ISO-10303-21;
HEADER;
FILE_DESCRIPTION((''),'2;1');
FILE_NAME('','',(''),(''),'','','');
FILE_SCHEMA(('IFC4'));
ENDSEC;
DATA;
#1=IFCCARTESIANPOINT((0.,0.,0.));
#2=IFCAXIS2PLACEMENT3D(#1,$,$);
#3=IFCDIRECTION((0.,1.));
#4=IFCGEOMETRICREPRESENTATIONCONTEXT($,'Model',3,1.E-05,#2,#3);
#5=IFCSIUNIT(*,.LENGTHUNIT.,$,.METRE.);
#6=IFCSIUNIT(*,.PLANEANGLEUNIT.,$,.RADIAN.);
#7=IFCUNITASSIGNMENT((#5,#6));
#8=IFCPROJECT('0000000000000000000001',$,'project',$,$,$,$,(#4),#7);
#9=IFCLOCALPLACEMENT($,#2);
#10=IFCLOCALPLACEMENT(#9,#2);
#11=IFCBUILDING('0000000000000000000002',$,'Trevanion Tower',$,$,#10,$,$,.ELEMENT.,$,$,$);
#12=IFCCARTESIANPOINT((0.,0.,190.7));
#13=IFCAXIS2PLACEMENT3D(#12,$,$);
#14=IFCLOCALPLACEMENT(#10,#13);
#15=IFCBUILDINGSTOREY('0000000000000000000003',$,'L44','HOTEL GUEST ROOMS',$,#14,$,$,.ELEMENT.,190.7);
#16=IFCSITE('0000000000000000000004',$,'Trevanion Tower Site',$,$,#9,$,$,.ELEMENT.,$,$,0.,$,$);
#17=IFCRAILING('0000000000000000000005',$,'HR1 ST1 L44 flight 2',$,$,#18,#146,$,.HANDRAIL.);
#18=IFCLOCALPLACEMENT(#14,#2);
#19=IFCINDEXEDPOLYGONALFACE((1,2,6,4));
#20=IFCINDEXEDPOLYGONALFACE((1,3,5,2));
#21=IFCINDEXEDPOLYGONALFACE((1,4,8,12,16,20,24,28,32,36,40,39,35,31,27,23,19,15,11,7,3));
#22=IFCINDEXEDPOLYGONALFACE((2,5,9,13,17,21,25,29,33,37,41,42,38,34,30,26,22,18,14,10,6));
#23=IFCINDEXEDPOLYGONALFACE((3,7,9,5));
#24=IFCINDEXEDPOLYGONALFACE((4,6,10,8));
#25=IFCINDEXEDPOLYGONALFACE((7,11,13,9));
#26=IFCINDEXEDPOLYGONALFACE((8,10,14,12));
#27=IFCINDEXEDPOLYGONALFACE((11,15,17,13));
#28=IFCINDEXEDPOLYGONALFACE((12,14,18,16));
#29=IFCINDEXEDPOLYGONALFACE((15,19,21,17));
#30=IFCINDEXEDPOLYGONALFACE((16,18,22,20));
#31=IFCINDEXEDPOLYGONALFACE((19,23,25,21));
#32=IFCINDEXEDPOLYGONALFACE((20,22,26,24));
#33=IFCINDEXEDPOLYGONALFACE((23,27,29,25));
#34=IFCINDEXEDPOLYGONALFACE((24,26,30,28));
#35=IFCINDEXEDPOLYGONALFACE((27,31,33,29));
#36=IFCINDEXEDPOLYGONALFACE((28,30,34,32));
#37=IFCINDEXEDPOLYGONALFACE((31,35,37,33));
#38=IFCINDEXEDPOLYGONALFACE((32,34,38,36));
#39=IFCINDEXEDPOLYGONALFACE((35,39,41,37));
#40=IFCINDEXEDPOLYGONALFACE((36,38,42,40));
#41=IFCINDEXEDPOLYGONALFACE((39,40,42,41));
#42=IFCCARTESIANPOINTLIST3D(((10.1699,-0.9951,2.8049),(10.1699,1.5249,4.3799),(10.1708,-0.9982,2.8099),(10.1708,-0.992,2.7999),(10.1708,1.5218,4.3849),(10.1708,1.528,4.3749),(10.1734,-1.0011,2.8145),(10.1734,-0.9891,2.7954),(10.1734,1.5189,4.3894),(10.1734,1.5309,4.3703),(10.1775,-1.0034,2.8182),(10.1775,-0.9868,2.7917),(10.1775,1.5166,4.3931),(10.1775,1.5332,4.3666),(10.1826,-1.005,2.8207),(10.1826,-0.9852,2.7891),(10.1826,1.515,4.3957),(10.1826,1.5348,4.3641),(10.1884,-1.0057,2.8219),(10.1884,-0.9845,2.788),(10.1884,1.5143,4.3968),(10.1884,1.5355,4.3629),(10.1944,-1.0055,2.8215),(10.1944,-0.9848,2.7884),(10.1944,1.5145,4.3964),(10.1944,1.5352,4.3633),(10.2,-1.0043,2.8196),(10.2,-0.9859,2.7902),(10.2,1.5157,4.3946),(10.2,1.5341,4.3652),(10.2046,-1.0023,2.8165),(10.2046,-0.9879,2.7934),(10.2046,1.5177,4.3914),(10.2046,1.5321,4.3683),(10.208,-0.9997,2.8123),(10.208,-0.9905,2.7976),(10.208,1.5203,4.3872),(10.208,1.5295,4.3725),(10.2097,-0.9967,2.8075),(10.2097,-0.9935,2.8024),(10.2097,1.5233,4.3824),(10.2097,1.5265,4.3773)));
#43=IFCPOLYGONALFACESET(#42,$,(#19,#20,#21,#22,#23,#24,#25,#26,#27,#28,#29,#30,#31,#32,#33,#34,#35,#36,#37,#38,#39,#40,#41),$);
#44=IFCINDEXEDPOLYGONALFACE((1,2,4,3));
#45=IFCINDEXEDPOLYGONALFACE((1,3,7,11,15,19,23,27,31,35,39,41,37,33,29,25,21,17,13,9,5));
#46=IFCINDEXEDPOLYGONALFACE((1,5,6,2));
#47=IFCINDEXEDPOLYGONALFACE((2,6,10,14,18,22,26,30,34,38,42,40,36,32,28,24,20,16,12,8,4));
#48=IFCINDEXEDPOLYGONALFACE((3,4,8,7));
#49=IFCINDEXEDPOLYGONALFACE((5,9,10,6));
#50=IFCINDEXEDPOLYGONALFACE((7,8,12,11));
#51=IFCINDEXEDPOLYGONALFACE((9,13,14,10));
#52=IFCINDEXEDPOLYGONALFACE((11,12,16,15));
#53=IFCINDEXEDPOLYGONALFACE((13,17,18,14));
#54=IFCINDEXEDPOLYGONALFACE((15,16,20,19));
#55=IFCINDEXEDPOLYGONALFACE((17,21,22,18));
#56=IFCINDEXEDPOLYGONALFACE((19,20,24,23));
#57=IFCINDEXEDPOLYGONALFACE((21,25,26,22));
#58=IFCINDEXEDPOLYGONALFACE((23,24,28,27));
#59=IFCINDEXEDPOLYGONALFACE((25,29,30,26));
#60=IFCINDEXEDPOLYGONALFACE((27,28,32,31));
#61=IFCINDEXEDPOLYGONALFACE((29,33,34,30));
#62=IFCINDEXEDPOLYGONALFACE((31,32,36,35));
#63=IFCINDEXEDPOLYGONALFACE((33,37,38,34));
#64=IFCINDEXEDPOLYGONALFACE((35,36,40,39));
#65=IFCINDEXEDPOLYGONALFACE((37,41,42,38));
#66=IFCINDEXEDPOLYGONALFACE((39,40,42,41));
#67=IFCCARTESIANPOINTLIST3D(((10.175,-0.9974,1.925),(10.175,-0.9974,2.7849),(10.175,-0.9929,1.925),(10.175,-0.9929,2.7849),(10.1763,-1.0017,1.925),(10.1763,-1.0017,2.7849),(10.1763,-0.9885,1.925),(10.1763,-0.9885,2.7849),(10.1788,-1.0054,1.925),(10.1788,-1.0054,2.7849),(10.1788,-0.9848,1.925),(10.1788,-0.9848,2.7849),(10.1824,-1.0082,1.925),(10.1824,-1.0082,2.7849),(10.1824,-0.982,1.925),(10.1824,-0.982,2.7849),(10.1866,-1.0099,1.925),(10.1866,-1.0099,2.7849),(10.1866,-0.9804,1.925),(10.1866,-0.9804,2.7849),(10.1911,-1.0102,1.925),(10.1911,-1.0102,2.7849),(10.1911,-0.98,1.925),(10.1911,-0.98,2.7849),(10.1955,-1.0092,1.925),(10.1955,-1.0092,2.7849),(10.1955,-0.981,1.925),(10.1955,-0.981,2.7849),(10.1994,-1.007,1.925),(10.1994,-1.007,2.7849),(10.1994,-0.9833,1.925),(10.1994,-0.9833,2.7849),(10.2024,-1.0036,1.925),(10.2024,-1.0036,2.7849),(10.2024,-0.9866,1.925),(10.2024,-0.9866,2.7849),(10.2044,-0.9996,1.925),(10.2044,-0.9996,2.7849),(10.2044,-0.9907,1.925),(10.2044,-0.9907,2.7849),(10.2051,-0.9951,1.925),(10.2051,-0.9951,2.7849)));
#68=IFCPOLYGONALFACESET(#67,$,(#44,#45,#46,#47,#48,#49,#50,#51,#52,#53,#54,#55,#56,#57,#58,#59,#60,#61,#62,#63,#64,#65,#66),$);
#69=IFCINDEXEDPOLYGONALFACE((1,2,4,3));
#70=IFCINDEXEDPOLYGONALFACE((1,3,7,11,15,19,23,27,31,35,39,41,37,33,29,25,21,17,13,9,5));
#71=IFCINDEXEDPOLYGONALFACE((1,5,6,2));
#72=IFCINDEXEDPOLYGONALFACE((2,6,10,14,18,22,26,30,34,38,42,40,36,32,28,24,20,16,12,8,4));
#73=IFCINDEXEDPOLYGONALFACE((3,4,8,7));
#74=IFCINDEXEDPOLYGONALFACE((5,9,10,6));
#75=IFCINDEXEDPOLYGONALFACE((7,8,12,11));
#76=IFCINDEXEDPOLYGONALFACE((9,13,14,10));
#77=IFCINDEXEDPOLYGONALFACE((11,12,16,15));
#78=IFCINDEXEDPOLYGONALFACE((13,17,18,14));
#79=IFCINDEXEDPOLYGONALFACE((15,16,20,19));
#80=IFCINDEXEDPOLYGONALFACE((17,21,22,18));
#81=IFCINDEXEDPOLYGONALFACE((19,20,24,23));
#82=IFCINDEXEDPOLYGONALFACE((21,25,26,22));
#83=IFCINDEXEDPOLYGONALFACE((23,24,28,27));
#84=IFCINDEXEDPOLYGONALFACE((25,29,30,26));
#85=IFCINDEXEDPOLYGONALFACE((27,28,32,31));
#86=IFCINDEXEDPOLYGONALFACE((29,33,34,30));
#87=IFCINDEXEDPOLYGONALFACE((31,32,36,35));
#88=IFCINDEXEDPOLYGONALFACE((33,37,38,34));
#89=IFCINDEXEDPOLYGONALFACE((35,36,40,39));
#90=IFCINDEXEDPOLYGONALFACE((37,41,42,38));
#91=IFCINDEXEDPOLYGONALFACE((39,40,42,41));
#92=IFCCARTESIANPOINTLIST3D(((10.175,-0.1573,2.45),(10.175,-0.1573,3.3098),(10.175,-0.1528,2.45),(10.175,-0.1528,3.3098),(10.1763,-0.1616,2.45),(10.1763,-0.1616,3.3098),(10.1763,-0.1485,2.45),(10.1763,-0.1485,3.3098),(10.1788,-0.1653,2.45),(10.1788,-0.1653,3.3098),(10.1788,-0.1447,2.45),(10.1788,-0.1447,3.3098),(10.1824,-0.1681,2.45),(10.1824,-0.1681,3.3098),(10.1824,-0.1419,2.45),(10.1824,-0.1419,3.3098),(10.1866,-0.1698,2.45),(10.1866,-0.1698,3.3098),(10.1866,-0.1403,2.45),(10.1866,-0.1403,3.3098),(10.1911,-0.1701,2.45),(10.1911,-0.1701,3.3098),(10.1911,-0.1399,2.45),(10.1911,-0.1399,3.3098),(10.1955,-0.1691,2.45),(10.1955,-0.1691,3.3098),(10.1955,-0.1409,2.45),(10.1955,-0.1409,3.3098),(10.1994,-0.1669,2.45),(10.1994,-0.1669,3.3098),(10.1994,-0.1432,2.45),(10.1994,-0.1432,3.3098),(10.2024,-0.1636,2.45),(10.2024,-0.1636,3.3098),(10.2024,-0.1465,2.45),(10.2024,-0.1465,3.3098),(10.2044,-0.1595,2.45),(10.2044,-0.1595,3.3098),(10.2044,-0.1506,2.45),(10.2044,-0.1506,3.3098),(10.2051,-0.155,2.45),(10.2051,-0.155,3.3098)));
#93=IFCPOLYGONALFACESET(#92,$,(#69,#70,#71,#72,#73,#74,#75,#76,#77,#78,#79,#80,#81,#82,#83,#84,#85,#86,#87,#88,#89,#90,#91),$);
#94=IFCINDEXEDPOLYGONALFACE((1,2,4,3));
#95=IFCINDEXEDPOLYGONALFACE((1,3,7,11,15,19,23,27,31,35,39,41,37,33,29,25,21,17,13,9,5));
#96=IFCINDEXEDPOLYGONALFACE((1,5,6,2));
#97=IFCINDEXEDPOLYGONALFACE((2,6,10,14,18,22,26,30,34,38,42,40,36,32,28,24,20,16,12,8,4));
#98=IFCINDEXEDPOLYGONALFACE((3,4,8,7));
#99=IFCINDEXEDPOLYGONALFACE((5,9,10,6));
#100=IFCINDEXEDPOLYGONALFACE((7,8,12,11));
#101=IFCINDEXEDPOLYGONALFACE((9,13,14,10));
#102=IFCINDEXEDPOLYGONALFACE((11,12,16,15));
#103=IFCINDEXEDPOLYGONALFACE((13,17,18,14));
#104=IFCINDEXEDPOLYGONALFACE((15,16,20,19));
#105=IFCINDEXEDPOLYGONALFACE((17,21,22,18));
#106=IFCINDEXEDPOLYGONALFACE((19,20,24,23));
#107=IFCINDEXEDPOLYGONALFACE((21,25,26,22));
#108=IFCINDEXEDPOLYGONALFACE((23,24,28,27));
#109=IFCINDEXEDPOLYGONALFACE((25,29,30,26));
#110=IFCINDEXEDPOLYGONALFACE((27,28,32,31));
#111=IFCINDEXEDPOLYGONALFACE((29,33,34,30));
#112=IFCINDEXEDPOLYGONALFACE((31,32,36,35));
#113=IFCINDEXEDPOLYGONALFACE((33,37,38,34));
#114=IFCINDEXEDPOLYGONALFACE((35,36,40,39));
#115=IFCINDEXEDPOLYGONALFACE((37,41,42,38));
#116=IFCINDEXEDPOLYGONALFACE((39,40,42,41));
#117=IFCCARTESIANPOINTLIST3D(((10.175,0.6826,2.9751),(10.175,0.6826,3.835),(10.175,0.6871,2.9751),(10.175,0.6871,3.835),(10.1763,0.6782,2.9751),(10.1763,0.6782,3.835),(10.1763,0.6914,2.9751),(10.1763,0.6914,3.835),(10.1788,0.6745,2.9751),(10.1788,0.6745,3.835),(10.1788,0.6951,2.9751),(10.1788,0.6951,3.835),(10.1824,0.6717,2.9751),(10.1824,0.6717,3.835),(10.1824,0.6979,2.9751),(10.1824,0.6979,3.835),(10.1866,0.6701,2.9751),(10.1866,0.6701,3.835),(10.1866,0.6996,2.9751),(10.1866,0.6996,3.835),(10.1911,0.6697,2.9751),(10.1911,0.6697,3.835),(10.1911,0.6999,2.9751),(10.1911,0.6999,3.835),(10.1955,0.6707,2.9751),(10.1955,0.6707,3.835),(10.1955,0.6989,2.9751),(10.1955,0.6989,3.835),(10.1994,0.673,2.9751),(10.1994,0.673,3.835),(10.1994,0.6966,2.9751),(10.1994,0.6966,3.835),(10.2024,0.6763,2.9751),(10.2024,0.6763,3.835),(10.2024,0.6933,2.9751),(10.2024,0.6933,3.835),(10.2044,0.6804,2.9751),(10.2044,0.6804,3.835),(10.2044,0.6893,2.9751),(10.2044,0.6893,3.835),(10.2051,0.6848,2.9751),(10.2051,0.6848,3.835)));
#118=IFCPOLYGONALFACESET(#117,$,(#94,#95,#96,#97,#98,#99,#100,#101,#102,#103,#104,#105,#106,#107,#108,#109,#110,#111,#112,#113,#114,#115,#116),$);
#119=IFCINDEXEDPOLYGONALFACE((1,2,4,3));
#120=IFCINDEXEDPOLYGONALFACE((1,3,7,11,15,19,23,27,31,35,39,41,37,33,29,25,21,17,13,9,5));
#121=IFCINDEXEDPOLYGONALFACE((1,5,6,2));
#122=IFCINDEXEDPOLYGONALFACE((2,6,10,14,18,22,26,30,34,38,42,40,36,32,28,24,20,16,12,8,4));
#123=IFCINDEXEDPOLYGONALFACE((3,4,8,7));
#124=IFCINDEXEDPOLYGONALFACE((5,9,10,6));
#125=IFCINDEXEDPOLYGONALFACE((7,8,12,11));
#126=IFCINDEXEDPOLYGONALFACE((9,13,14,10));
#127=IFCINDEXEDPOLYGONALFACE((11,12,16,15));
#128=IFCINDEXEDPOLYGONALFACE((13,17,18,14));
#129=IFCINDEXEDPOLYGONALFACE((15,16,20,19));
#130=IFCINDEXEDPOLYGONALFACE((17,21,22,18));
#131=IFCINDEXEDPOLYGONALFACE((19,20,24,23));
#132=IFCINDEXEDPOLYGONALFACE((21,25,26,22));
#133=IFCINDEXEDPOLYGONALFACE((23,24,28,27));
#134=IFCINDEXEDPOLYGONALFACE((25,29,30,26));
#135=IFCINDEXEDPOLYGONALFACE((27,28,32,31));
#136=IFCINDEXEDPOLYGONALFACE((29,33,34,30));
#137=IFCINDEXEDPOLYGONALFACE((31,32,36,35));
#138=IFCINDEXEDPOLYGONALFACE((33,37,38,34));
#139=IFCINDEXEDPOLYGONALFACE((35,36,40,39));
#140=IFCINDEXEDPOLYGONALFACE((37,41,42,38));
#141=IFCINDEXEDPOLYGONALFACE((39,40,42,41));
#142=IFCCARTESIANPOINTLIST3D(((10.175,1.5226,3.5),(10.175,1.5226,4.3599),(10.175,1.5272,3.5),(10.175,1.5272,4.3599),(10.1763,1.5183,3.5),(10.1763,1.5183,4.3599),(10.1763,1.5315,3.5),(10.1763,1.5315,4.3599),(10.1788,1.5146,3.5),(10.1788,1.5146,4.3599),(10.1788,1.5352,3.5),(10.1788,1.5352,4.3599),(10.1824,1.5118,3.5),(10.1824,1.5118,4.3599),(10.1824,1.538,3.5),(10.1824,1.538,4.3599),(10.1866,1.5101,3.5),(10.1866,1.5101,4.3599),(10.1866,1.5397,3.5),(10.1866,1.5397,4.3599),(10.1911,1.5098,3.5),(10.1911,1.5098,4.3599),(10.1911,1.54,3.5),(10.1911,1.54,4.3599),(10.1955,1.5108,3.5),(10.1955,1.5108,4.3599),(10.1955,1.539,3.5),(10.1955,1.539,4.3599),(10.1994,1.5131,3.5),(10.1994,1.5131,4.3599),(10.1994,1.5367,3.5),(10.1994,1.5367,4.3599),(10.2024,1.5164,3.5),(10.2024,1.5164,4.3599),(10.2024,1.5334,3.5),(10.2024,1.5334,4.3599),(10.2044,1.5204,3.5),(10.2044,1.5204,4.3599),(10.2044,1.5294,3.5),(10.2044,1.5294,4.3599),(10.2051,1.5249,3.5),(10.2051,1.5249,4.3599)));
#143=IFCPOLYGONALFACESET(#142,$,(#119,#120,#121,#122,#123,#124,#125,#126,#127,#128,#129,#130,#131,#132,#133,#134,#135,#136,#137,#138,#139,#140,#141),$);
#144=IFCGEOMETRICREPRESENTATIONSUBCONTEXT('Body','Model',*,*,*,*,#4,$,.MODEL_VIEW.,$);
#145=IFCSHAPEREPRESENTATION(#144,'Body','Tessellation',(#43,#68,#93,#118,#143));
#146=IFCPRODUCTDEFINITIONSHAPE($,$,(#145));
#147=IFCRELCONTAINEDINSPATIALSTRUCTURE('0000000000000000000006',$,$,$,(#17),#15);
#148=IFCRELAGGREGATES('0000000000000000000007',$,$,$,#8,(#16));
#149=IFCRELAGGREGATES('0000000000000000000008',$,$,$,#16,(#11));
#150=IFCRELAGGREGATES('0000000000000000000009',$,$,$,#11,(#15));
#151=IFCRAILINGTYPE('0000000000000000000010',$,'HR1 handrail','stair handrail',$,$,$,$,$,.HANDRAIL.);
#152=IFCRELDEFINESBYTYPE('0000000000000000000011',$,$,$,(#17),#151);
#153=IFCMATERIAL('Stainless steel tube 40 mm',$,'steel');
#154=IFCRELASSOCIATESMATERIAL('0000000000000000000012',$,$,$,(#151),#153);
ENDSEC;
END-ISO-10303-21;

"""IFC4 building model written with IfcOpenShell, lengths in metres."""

from ifc_helpers import new_model, si_unit, direction, frame, origin, origin_2d, place, context, subcontext, project, spatial, circle, extrude, material, type_object, element, save


model = new_model("IFC4")

# Units and contexts
model_context = context("Model", 3, precision=1e-05, world=origin(), true_north=direction((0.0, 1.0)))
body_context = subcontext(model_context, "Body", "Model", "MODEL_VIEW")
ifc_project = project(units=[si_unit("LENGTHUNIT", "METRE"), si_unit("PLANEANGLEUNIT", "RADIAN")], contexts=[model_context])

# Site, building, storey
site_placement = place(None, origin())
site = spatial("IfcSite", under=ifc_project, at=site_placement, Name="Trevanion Tower Site", CompositionType="ELEMENT", RefElevation=0.0)
building_placement = place(site_placement, origin())
building = spatial("IfcBuilding", under=site, at=building_placement, Name="Trevanion Tower", CompositionType="ELEMENT")
storey_placement = place(building_placement, frame((0.0, 0.0, 190.7)))
storey = spatial("IfcBuildingStorey", under=building, at=storey_placement, Name="L44", Description="HOTEL GUEST ROOMS", CompositionType="ELEMENT", Elevation=190.7)

# Railing
ifc_material_1 = material(Name="Stainless steel tube 40 mm", Category="steel")
railing_type = type_object("IfcRailingType", Name="HR1 handrail", Description="stair handrail", PredefinedType="HANDRAIL", material=ifc_material_1)
railing_placement = place(storey_placement, frame((10.1899, -0.9951, 1.925)))
element("IfcRailing", 1, at=railing_placement, inside=storey, type_object=railing_type, Name="HR1 ST1 L44 flight 2", PredefinedType="HANDRAIL", context=body_context, shape_type="SweptSolid", body=[
    extrude(circle(Radius=0.02, at=origin_2d()), frame((0.0, 0.0, 0.8799), z_axis=(0.0, 0.848008, 0.529984), x_axis=(-1.0, 0.0, 0.0)), (0.0, 0.0, 1.0), 2.9717),
    extrude(circle(Radius=0.0151, at=origin_2d()), origin(), (0.0, 0.0, 1.0), 0.8599),
    extrude(circle(Radius=0.0151, at=origin_2d()), frame((0.0, 0.8401, 0.5249)), (0.0, 0.0, 1.0), 0.8599),
    extrude(circle(Radius=0.0151, at=origin_2d()), frame((0.0, 1.6799, 1.05)), (0.0, 0.0, 1.0), 0.8599),
    extrude(circle(Radius=0.0151, at=origin_2d()), frame((0.0, 2.52, 1.575)), (0.0, 0.0, 1.0), 0.8599),
])

save(model, "model.ifc")
